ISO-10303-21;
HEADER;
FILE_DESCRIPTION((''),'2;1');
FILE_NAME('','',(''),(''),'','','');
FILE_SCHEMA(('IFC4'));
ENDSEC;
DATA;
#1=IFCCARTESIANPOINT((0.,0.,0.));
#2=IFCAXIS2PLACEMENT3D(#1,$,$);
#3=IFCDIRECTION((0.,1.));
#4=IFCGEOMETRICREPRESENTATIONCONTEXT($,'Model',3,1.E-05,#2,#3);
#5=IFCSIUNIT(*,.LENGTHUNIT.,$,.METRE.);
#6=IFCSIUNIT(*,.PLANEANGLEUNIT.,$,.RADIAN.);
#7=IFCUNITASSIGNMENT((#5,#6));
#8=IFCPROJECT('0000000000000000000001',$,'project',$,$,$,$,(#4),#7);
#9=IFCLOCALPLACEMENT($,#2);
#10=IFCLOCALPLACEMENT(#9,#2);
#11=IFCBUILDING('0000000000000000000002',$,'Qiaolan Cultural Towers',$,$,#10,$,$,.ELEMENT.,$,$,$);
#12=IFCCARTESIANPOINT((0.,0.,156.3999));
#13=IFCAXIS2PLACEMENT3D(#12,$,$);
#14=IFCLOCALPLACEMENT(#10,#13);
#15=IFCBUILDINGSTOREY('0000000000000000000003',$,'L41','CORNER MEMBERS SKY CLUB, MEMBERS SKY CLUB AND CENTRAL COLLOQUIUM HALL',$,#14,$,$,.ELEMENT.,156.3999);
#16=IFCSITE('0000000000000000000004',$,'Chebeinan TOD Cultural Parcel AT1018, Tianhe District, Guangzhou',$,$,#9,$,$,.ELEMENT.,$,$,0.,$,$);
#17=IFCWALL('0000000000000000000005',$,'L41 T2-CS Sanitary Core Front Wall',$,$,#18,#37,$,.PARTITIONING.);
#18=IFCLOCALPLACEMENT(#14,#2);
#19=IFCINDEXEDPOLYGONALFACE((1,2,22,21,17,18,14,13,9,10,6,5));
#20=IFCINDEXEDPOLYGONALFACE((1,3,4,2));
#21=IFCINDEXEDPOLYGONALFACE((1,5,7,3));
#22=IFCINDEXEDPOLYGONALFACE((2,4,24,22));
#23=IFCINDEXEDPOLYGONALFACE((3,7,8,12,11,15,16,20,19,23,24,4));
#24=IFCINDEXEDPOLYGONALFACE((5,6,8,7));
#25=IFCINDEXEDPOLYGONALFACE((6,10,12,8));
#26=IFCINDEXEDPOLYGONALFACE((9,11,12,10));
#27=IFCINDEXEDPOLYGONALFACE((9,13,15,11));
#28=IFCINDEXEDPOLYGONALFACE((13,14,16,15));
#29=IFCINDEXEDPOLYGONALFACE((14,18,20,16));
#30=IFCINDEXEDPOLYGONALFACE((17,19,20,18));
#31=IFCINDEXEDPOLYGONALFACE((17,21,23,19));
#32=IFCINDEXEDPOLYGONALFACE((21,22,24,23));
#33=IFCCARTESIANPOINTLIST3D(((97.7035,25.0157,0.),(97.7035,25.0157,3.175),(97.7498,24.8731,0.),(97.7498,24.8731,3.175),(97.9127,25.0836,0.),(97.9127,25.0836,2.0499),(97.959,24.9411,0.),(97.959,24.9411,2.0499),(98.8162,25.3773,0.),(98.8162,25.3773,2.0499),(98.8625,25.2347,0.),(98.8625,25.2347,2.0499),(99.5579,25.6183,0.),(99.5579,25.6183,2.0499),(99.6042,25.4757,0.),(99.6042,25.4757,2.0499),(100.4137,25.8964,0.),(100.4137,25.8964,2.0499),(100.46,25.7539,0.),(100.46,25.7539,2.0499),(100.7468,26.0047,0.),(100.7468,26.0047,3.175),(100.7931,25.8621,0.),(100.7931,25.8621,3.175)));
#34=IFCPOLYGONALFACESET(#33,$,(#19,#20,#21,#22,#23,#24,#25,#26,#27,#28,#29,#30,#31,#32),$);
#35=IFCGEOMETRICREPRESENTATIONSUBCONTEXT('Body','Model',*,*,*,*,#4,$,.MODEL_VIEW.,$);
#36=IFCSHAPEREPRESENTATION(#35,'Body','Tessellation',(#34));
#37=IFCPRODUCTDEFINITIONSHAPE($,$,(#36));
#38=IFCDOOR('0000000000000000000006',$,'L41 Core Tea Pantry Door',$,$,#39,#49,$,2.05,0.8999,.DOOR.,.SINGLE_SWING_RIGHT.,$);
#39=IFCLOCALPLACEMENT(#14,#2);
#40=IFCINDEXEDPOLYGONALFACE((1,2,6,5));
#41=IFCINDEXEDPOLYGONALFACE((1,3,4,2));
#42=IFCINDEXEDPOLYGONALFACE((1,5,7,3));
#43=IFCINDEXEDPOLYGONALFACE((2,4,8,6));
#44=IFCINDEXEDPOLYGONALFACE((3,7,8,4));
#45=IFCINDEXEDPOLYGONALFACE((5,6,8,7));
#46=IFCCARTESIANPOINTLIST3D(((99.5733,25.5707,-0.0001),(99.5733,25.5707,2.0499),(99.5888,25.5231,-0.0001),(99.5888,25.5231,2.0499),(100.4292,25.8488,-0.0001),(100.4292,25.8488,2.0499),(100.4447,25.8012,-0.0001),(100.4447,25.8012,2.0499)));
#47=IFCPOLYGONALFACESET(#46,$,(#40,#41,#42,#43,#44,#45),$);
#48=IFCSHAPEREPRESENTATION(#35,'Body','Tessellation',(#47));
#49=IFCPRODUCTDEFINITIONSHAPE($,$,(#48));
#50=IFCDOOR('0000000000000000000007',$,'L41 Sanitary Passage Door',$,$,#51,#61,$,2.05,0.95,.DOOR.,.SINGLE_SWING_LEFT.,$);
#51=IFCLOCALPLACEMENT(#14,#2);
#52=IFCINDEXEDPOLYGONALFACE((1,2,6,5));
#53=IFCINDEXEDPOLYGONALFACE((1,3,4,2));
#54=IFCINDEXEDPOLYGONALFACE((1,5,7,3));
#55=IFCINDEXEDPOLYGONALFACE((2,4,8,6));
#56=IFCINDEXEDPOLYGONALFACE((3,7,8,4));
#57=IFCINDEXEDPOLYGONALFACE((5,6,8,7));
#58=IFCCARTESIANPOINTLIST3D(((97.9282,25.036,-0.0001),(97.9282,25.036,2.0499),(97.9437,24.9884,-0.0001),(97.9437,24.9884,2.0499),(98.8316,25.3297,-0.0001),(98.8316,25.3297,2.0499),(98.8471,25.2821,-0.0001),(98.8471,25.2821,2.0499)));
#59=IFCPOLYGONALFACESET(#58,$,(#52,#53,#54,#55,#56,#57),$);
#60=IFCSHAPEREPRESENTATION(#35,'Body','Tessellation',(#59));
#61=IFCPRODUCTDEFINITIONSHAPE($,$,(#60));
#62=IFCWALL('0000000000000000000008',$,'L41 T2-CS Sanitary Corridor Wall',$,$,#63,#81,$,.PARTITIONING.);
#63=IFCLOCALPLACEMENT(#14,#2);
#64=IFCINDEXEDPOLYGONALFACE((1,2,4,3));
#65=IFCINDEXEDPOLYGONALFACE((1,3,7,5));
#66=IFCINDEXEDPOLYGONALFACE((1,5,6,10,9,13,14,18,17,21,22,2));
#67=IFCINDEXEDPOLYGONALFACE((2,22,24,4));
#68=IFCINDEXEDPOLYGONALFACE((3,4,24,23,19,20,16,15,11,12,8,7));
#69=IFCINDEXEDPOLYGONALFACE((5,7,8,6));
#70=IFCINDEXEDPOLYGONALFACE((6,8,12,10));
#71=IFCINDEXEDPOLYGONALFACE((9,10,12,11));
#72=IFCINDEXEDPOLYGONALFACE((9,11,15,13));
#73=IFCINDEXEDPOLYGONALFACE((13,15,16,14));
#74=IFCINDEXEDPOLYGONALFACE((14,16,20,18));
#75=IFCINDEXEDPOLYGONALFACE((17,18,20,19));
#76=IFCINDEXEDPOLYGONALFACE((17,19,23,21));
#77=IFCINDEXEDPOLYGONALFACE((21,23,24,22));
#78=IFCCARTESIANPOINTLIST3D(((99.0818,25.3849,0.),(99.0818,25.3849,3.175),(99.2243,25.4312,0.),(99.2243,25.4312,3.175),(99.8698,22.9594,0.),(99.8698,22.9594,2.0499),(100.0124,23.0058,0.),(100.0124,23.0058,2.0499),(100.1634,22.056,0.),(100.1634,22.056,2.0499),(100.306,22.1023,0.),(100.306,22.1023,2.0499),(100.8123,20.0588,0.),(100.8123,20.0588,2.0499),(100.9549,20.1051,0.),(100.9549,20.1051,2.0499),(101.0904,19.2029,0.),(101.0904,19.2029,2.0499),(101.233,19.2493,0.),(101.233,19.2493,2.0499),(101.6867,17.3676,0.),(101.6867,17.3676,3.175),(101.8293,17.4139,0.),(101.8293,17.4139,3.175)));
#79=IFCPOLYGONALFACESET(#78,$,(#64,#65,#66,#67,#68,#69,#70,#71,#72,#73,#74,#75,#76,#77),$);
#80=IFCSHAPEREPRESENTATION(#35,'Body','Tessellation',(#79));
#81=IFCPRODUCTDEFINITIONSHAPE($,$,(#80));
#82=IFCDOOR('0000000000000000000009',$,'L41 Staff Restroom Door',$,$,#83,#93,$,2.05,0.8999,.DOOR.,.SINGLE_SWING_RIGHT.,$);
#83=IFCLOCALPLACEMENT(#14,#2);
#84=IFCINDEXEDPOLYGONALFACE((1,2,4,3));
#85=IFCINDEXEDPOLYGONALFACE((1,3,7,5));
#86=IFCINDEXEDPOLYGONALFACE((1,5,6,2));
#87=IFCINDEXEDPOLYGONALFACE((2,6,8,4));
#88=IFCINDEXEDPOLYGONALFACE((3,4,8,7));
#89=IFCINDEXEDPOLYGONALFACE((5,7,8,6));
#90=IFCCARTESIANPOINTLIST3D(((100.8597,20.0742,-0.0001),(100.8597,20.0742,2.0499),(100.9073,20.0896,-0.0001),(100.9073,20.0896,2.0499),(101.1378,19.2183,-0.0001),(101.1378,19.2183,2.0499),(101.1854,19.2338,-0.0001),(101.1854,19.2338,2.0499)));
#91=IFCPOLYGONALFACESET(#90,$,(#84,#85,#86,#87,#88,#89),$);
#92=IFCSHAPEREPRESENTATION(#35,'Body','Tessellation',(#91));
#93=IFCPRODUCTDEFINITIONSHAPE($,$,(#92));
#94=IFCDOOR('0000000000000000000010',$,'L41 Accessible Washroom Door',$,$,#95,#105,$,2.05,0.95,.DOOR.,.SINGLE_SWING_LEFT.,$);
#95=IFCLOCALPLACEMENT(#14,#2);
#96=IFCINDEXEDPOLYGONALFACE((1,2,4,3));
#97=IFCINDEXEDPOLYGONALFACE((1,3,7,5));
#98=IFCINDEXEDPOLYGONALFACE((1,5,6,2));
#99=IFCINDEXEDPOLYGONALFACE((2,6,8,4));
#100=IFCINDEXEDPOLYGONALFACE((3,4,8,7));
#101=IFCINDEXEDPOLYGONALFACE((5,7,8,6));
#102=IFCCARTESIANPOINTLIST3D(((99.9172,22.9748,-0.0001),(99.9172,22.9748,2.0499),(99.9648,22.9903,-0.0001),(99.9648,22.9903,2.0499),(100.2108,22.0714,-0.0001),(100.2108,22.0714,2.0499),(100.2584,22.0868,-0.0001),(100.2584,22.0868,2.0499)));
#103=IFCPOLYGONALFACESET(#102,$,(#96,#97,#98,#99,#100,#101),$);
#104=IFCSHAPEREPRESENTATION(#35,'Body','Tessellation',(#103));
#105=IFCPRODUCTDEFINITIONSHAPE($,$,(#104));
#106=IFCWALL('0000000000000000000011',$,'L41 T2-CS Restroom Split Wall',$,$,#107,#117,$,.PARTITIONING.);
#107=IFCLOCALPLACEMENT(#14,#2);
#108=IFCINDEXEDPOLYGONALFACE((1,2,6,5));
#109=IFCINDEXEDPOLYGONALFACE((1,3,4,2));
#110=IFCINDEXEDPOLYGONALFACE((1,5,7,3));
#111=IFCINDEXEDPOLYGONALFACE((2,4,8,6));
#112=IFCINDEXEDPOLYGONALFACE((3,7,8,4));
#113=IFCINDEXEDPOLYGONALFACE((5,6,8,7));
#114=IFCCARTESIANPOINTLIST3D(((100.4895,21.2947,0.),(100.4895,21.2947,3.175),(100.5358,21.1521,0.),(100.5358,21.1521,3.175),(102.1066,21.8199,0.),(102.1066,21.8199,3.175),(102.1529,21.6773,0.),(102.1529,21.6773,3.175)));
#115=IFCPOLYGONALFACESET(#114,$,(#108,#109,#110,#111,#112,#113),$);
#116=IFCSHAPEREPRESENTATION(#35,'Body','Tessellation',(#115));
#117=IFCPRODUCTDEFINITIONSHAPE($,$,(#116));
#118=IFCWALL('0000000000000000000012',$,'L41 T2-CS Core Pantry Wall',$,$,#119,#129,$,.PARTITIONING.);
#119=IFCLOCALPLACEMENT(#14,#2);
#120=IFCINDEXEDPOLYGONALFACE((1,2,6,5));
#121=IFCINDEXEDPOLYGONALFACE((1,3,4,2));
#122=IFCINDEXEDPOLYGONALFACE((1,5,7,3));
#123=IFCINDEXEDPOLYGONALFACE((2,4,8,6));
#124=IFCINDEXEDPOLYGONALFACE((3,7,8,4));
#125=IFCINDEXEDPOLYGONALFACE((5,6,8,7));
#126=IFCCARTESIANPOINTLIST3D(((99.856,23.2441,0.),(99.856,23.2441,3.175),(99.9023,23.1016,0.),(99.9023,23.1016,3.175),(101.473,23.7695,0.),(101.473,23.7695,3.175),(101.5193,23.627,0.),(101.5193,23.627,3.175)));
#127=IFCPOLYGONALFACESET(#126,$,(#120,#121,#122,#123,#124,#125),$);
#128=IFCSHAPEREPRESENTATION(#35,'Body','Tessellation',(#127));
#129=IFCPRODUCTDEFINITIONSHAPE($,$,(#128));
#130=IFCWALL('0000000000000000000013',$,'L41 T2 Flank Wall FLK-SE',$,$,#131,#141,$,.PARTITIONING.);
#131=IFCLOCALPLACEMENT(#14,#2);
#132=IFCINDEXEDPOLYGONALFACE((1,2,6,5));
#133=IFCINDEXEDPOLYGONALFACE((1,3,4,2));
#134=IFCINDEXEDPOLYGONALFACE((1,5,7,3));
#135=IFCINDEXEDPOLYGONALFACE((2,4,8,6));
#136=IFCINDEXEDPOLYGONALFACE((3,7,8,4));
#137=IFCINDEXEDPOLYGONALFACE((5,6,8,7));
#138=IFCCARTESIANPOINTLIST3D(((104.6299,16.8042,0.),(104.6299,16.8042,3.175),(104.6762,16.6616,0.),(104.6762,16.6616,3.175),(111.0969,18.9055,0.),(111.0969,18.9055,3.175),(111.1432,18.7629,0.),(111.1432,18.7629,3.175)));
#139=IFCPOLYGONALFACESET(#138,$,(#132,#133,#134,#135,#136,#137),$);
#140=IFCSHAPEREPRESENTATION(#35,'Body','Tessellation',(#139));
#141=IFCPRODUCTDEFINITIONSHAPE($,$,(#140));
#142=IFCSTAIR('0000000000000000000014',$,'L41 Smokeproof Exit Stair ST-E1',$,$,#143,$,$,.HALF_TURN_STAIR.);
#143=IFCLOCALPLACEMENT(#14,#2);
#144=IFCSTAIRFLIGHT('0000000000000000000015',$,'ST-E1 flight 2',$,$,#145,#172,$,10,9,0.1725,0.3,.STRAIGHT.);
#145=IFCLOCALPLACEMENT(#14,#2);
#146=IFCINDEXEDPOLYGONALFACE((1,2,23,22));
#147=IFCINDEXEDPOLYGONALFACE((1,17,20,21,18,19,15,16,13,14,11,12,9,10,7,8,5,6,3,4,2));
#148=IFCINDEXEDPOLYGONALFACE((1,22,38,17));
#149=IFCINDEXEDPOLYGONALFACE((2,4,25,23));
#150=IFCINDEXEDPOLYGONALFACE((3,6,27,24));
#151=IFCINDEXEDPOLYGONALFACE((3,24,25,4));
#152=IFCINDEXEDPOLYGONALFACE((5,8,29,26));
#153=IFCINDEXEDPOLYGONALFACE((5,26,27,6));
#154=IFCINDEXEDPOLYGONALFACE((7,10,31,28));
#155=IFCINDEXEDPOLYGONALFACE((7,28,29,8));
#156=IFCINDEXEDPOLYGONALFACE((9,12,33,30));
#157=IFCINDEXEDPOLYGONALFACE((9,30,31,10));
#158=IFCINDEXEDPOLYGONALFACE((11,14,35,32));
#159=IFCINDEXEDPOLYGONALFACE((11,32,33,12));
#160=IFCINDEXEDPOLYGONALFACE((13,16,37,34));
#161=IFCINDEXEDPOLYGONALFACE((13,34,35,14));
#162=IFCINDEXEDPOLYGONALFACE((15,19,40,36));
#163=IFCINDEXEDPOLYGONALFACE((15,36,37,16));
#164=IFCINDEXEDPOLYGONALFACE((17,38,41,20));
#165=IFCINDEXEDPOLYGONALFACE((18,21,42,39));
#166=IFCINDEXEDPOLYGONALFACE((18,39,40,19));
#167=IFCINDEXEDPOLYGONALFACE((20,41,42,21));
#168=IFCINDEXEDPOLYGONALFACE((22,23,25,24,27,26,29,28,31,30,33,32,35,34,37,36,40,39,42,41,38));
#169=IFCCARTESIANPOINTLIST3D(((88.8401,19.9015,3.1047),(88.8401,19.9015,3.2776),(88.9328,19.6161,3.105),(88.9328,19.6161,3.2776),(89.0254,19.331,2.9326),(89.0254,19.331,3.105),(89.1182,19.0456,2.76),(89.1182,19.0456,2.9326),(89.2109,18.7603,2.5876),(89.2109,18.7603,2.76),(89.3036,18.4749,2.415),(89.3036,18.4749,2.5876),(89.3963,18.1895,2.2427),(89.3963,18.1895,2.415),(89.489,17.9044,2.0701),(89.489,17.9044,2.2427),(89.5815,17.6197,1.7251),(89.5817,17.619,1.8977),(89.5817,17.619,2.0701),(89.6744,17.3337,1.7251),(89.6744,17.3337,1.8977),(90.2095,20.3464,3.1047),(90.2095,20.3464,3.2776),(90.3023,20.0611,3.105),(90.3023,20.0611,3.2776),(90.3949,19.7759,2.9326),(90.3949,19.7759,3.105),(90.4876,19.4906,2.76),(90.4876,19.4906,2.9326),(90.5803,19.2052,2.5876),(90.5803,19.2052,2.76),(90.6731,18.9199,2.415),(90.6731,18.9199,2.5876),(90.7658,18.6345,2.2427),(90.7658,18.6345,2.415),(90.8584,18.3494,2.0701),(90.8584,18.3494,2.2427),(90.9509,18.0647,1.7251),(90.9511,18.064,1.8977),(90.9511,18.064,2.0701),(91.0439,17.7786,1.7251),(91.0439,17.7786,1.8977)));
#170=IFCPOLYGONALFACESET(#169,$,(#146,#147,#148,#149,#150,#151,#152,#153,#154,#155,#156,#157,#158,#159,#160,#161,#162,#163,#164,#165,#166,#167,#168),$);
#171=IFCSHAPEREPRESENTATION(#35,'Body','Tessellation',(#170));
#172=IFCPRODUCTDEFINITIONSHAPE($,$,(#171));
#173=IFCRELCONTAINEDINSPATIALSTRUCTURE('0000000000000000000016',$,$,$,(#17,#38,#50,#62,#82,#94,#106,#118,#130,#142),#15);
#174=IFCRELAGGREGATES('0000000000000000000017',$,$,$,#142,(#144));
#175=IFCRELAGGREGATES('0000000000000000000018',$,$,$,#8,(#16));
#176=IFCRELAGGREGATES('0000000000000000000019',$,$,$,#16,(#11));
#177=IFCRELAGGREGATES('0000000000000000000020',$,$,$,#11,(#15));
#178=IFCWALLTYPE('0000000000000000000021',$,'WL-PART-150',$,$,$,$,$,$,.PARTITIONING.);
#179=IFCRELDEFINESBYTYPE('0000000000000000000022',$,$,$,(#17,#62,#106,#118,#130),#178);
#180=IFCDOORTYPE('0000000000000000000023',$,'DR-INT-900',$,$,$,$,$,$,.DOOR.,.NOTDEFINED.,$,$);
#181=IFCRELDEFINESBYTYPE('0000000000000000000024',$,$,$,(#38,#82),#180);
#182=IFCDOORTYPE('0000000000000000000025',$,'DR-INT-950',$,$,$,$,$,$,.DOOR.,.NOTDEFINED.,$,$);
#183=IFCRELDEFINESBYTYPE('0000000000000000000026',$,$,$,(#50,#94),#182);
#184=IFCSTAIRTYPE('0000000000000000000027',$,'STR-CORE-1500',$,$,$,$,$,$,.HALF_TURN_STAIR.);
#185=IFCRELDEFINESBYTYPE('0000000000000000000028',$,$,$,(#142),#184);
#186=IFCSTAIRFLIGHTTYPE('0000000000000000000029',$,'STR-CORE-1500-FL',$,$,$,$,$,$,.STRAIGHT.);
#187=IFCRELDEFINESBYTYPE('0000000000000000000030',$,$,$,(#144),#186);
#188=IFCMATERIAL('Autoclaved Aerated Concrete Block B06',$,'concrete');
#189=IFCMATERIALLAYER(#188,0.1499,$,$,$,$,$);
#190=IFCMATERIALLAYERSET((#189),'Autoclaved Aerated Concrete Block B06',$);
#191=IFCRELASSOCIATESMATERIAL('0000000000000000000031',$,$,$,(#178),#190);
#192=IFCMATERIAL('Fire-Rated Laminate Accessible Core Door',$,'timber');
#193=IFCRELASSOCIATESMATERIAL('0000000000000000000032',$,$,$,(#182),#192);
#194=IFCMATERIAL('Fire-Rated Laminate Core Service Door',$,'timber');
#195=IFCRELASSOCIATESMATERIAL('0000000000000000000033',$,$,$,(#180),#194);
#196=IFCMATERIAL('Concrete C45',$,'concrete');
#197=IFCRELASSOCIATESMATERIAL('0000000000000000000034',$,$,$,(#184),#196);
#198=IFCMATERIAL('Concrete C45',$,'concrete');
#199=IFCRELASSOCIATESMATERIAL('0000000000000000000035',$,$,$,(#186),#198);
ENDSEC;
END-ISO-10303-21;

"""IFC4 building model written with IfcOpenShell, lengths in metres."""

from ifc_helpers import new_model, si_unit, direction, frame, frame_2d, origin, place, context, subcontext, project, spatial, polyline, rectangle, outline, extrude, material, layer, layer_set, type_object, element, fill, aggregate, save


model = new_model("IFC4")

# Units and contexts
model_context = context("Model", 3, precision=1e-05, world=origin(), true_north=direction((0.0, 1.0)))
body_context = subcontext(model_context, "Body", "Model", "MODEL_VIEW")
ifc_project = project(units=[si_unit("LENGTHUNIT", "METRE"), si_unit("PLANEANGLEUNIT", "RADIAN")], contexts=[model_context])

# Site, building, storey
site_placement = place(None, origin())
site = spatial("IfcSite", under=ifc_project, at=site_placement, Name="Chebeinan TOD Cultural Parcel AT1018, Tianhe District, Guangzhou", CompositionType="ELEMENT", RefElevation=0.0)
building_placement = place(site_placement, origin())
building = spatial("IfcBuilding", under=site, at=building_placement, Name="Qiaolan Cultural Towers", CompositionType="ELEMENT")
storey_placement = place(building_placement, frame((0.0, 0.0, 156.3999)))
storey = spatial("IfcBuildingStorey", under=building, at=storey_placement, Name="L41", Description="CORNER MEMBERS SKY CLUB, MEMBERS SKY CLUB AND CENTRAL COLLOQUIUM HALL", CompositionType="ELEMENT", Elevation=156.3999)

# Shared definitions
ifc_material_1 = material(Name="Autoclaved Aerated Concrete Block B06", Category="concrete")
ifc_layer_1 = layer(ifc_material_1, 0.1499)
ifc_layer_set_1 = layer_set([ifc_layer_1], Name="Autoclaved Aerated Concrete Block B06")
wall_type_1 = type_object("IfcWallType", Name="WL-PART-150", PredefinedType="PARTITIONING", material=ifc_layer_set_1)
ifc_material_2 = material(Name="Fire-Rated Laminate Accessible Core Door", Category="timber")
door_type_1 = type_object("IfcDoorType", Name="DR-INT-950", OperationType="NOTDEFINED", PredefinedType="DOOR", material=ifc_material_2)

# Walls, openings, doors
wall_1_placement = place(storey_placement, frame((97.7266, 24.9443, 0.0), z_axis=(0.0, 0.0, 1.0), x_axis=(0.951037, 0.309077, 0.0)))
wall_1 = element("IfcWall", 1, at=wall_1_placement, inside=storey, type_object=wall_type_1, Name="L41 T2-CS Sanitary Core Front Wall", PredefinedType="PARTITIONING", context=body_context, shape_type="SweptSolid", body=[
    extrude(rectangle(XDim=3.2, YDim=0.1499, at=frame_2d((1.6001, 0.0))), origin(), (0.0, 0.0, 1.0), 3.175),
])
opening_1_placement = place(wall_1_placement, frame((0.22, 0.0, 0.0)))
opening_1 = element("IfcOpeningElement", 2, at=opening_1_placement, cuts=wall_1, PredefinedType="OPENING", context=body_context, shape_type="SweptSolid", body=[
    extrude(rectangle(XDim=0.95, YDim=2.05, at=frame_2d((0.4751, 1.0249))), frame((0.0, 0.085, 0.0), z_axis=(0.0, -1.0, 0.0), x_axis=(1.0, 0.0, 0.0)), (0.0, 0.0, 1.0), 0.1699),
])
opening_2_placement = place(wall_1_placement, frame((1.95, 0.0, 0.0)))
opening_2 = element("IfcOpeningElement", 3, at=opening_2_placement, cuts=wall_1, PredefinedType="OPENING", context=body_context, shape_type="SweptSolid", body=[
    extrude(rectangle(XDim=0.8999, YDim=2.05, at=frame_2d((0.45, 1.0249))), frame((0.0, 0.085, 0.0), z_axis=(0.0, -1.0, 0.0), x_axis=(1.0, 0.0, 0.0)), (0.0, 0.0, 1.0), 0.1699),
])
ifc_material_3 = material(Name="Fire-Rated Laminate Core Service Door", Category="timber")
door_type_2 = type_object("IfcDoorType", Name="DR-INT-900", OperationType="NOTDEFINED", PredefinedType="DOOR", material=ifc_material_3)
door_1_placement = place(opening_2_placement, origin())
door_1 = element("IfcDoor", 4, at=door_1_placement, inside=storey, type_object=door_type_2, Name="L41 Core Tea Pantry Door", OperationType="SINGLE_SWING_RIGHT", OverallHeight=2.05, OverallWidth=0.8999, PredefinedType="DOOR", context=body_context, shape_type="SweptSolid", body=[
    extrude(rectangle(XDim=0.8999, YDim=2.05, at=frame_2d((0.45, 1.0249))), frame((0.0, 0.0249, 0.0), z_axis=(0.0, -1.0, 0.0), x_axis=(1.0, 0.0, 0.0)), (0.0, 0.0, 1.0), 0.05),
])
fill(opening_2, door_1)
door_2_placement = place(opening_1_placement, origin())
door_2 = element("IfcDoor", 5, at=door_2_placement, inside=storey, type_object=door_type_1, Name="L41 Sanitary Passage Door", OperationType="SINGLE_SWING_LEFT", OverallHeight=2.05, OverallWidth=0.95, PredefinedType="DOOR", context=body_context, shape_type="SweptSolid", body=[
    extrude(rectangle(XDim=0.95, YDim=2.05, at=frame_2d((0.4751, 1.0249))), frame((0.0, 0.0249, 0.0), z_axis=(0.0, -1.0, 0.0), x_axis=(1.0, 0.0, 0.0)), (0.0, 0.0, 1.0), 0.05),
])
fill(opening_1, door_2)
wall_2_placement = place(storey_placement, frame((99.1531, 25.408, 0.0), z_axis=(0.0, 0.0, 1.0), x_axis=(0.309016, -0.951057, 0.0)))
wall_2 = element("IfcWall", 6, at=wall_2_placement, inside=storey, type_object=wall_type_1, Name="L41 T2-CS Sanitary Corridor Wall", PredefinedType="PARTITIONING", context=body_context, shape_type="SweptSolid", body=[
    extrude(rectangle(XDim=8.4299, YDim=0.1499, at=frame_2d((4.2148, 0.0))), origin(), (0.0, 0.0, 1.0), 3.175),
])
opening_3_placement = place(wall_2_placement, frame((2.55, 0.0, 0.0)))
opening_3 = element("IfcOpeningElement", 7, at=opening_3_placement, cuts=wall_2, PredefinedType="OPENING", context=body_context, shape_type="SweptSolid", body=[
    extrude(rectangle(XDim=0.95, YDim=2.05, at=frame_2d((0.4751, 1.0249))), frame((0.0, 0.085, 0.0), z_axis=(0.0, -1.0, 0.0), x_axis=(1.0, 0.0, 0.0)), (0.0, 0.0, 1.0), 0.1699),
])
opening_4_placement = place(wall_2_placement, frame((5.6001, 0.0, 0.0)))
opening_4 = element("IfcOpeningElement", 8, at=opening_4_placement, cuts=wall_2, PredefinedType="OPENING", context=body_context, shape_type="SweptSolid", body=[
    extrude(rectangle(XDim=0.8999, YDim=2.05, at=frame_2d((0.45, 1.0249))), frame((0.0, 0.085, 0.0), z_axis=(0.0, -1.0, 0.0), x_axis=(1.0, 0.0, 0.0)), (0.0, 0.0, 1.0), 0.1699),
])
door_3_placement = place(opening_4_placement, origin())
door_3 = element("IfcDoor", 9, at=door_3_placement, inside=storey, type_object=door_type_2, Name="L41 Staff Restroom Door", OperationType="SINGLE_SWING_RIGHT", OverallHeight=2.05, OverallWidth=0.8999, PredefinedType="DOOR", context=body_context, shape_type="SweptSolid", body=[
    extrude(rectangle(XDim=0.8999, YDim=2.05, at=frame_2d((0.45, 1.0249))), frame((0.0, 0.0249, 0.0), z_axis=(0.0, -1.0, 0.0), x_axis=(1.0, 0.0, 0.0)), (0.0, 0.0, 1.0), 0.05),
])
fill(opening_4, door_3)
door_4_placement = place(opening_3_placement, origin())
door_4 = element("IfcDoor", 10, at=door_4_placement, inside=storey, type_object=door_type_1, Name="L41 Accessible Washroom Door", OperationType="SINGLE_SWING_LEFT", OverallHeight=2.05, OverallWidth=0.95, PredefinedType="DOOR", context=body_context, shape_type="SweptSolid", body=[
    extrude(rectangle(XDim=0.95, YDim=2.05, at=frame_2d((0.4751, 1.0249))), frame((0.0, 0.0249, 0.0), z_axis=(0.0, -1.0, 0.0), x_axis=(1.0, 0.0, 0.0)), (0.0, 0.0, 1.0), 0.05),
])
fill(opening_3, door_4)

# Walls
for number, where, z_axis, x_axis, name in (
    (11, (100.5127, 21.2234, 0.0), (0.0, 0.0, 1.0), (0.951096, 0.308894, 0.0), "L41 T2-CS Restroom Split Wall"),
    (12, (99.8792, 23.1729, 0.0), (0.0, 0.0, 1.0), (0.951054, 0.309024, 0.0), "L41 T2-CS Core Pantry Wall"),
):
    element("IfcWall", number, at=place(storey_placement, frame(where, z_axis=z_axis, x_axis=x_axis)), inside=storey, type_object=wall_type_1, Name=name, PredefinedType="PARTITIONING", context=body_context, shape_type="SweptSolid", body=[
        extrude(rectangle(XDim=1.7002, YDim=0.1499, at=frame_2d((0.8501, 0.0))), origin(), (0.0, 0.0, 1.0), 3.175),
    ])
wall_3_placement = place(storey_placement, frame((104.6531, 16.7329, 0.0), z_axis=(0.0, 0.0, 1.0), x_axis=(0.951054, 0.309024, 0.0)))
element("IfcWall", 13, at=wall_3_placement, inside=storey, type_object=wall_type_1, Name="L41 T2 Flank Wall FLK-SE", PredefinedType="PARTITIONING", context=body_context, shape_type="SweptSolid", body=[
    extrude(rectangle(XDim=6.7998, YDim=0.1499, at=frame_2d((3.3999, 0.0))), origin(), (0.0, 0.0, 1.0), 3.175),
])

# Stair, stair flight
ifc_material_4 = material(Name="Concrete C45", Category="concrete")
stair_type = type_object("IfcStairType", Name="STR-CORE-1500", PredefinedType="HALF_TURN_STAIR", material=ifc_material_4)
stair_placement = place(storey_placement, origin())
stair = element("IfcStair", 14, at=stair_placement, inside=storey, type_object=stair_type, Name="L41 Smokeproof Exit Stair ST-E1", PredefinedType="HALF_TURN_STAIR")
ifc_material_5 = material(Name="Concrete C45", Category="concrete")
stair_flight_type = type_object("IfcStairFlightType", Name="STR-CORE-1500-FL", PredefinedType="STRAIGHT", material=ifc_material_5)
stair_flight_placement = place(storey_placement, frame((90.3591, 17.5562, 1.7251), z_axis=(0.0, 0.0, 1.0), x_axis=(-0.309017, 0.951057, 0.0)))
stair_flight = element("IfcStairFlight", 15, at=stair_flight_placement, type_object=stair_flight_type, Name="ST-E1 flight 2", NumberOfRisers=10, NumberOfTreads=9, PredefinedType="STRAIGHT", RiserHeight=0.1725, TreadLength=0.3, context=body_context, shape_type="SweptSolid", body=[
    extrude(outline(polyline([(0.0, 0.0), (0.0, 0.1726), (0.3, 0.1726), (0.3, 0.345), (0.6001, 0.345), (0.6001, 0.5176), (0.8999, 0.5176), (0.8999, 0.6899), (1.2, 0.6899), (1.2, 0.8625), (1.5, 0.8625), (1.5, 1.0349), (1.8, 1.0349), (1.8, 1.2075), (2.1001, 1.2075), (2.1001, 1.3799), (2.3999, 1.3799), (2.3999, 1.5525), (2.7, 1.5525), (2.7, 1.7251), (2.7, 1.3796), (0.3008, 0.0), (0.0, 0.0)])), frame((0.0, 0.72, 0.0), z_axis=(0.0, -1.0, 0.0), x_axis=(1.0, 0.0, 0.0)), (0.0, 0.0, 1.0), 1.4399),
])
aggregate(stair, [stair_flight])

save(model, "model.ifc")
